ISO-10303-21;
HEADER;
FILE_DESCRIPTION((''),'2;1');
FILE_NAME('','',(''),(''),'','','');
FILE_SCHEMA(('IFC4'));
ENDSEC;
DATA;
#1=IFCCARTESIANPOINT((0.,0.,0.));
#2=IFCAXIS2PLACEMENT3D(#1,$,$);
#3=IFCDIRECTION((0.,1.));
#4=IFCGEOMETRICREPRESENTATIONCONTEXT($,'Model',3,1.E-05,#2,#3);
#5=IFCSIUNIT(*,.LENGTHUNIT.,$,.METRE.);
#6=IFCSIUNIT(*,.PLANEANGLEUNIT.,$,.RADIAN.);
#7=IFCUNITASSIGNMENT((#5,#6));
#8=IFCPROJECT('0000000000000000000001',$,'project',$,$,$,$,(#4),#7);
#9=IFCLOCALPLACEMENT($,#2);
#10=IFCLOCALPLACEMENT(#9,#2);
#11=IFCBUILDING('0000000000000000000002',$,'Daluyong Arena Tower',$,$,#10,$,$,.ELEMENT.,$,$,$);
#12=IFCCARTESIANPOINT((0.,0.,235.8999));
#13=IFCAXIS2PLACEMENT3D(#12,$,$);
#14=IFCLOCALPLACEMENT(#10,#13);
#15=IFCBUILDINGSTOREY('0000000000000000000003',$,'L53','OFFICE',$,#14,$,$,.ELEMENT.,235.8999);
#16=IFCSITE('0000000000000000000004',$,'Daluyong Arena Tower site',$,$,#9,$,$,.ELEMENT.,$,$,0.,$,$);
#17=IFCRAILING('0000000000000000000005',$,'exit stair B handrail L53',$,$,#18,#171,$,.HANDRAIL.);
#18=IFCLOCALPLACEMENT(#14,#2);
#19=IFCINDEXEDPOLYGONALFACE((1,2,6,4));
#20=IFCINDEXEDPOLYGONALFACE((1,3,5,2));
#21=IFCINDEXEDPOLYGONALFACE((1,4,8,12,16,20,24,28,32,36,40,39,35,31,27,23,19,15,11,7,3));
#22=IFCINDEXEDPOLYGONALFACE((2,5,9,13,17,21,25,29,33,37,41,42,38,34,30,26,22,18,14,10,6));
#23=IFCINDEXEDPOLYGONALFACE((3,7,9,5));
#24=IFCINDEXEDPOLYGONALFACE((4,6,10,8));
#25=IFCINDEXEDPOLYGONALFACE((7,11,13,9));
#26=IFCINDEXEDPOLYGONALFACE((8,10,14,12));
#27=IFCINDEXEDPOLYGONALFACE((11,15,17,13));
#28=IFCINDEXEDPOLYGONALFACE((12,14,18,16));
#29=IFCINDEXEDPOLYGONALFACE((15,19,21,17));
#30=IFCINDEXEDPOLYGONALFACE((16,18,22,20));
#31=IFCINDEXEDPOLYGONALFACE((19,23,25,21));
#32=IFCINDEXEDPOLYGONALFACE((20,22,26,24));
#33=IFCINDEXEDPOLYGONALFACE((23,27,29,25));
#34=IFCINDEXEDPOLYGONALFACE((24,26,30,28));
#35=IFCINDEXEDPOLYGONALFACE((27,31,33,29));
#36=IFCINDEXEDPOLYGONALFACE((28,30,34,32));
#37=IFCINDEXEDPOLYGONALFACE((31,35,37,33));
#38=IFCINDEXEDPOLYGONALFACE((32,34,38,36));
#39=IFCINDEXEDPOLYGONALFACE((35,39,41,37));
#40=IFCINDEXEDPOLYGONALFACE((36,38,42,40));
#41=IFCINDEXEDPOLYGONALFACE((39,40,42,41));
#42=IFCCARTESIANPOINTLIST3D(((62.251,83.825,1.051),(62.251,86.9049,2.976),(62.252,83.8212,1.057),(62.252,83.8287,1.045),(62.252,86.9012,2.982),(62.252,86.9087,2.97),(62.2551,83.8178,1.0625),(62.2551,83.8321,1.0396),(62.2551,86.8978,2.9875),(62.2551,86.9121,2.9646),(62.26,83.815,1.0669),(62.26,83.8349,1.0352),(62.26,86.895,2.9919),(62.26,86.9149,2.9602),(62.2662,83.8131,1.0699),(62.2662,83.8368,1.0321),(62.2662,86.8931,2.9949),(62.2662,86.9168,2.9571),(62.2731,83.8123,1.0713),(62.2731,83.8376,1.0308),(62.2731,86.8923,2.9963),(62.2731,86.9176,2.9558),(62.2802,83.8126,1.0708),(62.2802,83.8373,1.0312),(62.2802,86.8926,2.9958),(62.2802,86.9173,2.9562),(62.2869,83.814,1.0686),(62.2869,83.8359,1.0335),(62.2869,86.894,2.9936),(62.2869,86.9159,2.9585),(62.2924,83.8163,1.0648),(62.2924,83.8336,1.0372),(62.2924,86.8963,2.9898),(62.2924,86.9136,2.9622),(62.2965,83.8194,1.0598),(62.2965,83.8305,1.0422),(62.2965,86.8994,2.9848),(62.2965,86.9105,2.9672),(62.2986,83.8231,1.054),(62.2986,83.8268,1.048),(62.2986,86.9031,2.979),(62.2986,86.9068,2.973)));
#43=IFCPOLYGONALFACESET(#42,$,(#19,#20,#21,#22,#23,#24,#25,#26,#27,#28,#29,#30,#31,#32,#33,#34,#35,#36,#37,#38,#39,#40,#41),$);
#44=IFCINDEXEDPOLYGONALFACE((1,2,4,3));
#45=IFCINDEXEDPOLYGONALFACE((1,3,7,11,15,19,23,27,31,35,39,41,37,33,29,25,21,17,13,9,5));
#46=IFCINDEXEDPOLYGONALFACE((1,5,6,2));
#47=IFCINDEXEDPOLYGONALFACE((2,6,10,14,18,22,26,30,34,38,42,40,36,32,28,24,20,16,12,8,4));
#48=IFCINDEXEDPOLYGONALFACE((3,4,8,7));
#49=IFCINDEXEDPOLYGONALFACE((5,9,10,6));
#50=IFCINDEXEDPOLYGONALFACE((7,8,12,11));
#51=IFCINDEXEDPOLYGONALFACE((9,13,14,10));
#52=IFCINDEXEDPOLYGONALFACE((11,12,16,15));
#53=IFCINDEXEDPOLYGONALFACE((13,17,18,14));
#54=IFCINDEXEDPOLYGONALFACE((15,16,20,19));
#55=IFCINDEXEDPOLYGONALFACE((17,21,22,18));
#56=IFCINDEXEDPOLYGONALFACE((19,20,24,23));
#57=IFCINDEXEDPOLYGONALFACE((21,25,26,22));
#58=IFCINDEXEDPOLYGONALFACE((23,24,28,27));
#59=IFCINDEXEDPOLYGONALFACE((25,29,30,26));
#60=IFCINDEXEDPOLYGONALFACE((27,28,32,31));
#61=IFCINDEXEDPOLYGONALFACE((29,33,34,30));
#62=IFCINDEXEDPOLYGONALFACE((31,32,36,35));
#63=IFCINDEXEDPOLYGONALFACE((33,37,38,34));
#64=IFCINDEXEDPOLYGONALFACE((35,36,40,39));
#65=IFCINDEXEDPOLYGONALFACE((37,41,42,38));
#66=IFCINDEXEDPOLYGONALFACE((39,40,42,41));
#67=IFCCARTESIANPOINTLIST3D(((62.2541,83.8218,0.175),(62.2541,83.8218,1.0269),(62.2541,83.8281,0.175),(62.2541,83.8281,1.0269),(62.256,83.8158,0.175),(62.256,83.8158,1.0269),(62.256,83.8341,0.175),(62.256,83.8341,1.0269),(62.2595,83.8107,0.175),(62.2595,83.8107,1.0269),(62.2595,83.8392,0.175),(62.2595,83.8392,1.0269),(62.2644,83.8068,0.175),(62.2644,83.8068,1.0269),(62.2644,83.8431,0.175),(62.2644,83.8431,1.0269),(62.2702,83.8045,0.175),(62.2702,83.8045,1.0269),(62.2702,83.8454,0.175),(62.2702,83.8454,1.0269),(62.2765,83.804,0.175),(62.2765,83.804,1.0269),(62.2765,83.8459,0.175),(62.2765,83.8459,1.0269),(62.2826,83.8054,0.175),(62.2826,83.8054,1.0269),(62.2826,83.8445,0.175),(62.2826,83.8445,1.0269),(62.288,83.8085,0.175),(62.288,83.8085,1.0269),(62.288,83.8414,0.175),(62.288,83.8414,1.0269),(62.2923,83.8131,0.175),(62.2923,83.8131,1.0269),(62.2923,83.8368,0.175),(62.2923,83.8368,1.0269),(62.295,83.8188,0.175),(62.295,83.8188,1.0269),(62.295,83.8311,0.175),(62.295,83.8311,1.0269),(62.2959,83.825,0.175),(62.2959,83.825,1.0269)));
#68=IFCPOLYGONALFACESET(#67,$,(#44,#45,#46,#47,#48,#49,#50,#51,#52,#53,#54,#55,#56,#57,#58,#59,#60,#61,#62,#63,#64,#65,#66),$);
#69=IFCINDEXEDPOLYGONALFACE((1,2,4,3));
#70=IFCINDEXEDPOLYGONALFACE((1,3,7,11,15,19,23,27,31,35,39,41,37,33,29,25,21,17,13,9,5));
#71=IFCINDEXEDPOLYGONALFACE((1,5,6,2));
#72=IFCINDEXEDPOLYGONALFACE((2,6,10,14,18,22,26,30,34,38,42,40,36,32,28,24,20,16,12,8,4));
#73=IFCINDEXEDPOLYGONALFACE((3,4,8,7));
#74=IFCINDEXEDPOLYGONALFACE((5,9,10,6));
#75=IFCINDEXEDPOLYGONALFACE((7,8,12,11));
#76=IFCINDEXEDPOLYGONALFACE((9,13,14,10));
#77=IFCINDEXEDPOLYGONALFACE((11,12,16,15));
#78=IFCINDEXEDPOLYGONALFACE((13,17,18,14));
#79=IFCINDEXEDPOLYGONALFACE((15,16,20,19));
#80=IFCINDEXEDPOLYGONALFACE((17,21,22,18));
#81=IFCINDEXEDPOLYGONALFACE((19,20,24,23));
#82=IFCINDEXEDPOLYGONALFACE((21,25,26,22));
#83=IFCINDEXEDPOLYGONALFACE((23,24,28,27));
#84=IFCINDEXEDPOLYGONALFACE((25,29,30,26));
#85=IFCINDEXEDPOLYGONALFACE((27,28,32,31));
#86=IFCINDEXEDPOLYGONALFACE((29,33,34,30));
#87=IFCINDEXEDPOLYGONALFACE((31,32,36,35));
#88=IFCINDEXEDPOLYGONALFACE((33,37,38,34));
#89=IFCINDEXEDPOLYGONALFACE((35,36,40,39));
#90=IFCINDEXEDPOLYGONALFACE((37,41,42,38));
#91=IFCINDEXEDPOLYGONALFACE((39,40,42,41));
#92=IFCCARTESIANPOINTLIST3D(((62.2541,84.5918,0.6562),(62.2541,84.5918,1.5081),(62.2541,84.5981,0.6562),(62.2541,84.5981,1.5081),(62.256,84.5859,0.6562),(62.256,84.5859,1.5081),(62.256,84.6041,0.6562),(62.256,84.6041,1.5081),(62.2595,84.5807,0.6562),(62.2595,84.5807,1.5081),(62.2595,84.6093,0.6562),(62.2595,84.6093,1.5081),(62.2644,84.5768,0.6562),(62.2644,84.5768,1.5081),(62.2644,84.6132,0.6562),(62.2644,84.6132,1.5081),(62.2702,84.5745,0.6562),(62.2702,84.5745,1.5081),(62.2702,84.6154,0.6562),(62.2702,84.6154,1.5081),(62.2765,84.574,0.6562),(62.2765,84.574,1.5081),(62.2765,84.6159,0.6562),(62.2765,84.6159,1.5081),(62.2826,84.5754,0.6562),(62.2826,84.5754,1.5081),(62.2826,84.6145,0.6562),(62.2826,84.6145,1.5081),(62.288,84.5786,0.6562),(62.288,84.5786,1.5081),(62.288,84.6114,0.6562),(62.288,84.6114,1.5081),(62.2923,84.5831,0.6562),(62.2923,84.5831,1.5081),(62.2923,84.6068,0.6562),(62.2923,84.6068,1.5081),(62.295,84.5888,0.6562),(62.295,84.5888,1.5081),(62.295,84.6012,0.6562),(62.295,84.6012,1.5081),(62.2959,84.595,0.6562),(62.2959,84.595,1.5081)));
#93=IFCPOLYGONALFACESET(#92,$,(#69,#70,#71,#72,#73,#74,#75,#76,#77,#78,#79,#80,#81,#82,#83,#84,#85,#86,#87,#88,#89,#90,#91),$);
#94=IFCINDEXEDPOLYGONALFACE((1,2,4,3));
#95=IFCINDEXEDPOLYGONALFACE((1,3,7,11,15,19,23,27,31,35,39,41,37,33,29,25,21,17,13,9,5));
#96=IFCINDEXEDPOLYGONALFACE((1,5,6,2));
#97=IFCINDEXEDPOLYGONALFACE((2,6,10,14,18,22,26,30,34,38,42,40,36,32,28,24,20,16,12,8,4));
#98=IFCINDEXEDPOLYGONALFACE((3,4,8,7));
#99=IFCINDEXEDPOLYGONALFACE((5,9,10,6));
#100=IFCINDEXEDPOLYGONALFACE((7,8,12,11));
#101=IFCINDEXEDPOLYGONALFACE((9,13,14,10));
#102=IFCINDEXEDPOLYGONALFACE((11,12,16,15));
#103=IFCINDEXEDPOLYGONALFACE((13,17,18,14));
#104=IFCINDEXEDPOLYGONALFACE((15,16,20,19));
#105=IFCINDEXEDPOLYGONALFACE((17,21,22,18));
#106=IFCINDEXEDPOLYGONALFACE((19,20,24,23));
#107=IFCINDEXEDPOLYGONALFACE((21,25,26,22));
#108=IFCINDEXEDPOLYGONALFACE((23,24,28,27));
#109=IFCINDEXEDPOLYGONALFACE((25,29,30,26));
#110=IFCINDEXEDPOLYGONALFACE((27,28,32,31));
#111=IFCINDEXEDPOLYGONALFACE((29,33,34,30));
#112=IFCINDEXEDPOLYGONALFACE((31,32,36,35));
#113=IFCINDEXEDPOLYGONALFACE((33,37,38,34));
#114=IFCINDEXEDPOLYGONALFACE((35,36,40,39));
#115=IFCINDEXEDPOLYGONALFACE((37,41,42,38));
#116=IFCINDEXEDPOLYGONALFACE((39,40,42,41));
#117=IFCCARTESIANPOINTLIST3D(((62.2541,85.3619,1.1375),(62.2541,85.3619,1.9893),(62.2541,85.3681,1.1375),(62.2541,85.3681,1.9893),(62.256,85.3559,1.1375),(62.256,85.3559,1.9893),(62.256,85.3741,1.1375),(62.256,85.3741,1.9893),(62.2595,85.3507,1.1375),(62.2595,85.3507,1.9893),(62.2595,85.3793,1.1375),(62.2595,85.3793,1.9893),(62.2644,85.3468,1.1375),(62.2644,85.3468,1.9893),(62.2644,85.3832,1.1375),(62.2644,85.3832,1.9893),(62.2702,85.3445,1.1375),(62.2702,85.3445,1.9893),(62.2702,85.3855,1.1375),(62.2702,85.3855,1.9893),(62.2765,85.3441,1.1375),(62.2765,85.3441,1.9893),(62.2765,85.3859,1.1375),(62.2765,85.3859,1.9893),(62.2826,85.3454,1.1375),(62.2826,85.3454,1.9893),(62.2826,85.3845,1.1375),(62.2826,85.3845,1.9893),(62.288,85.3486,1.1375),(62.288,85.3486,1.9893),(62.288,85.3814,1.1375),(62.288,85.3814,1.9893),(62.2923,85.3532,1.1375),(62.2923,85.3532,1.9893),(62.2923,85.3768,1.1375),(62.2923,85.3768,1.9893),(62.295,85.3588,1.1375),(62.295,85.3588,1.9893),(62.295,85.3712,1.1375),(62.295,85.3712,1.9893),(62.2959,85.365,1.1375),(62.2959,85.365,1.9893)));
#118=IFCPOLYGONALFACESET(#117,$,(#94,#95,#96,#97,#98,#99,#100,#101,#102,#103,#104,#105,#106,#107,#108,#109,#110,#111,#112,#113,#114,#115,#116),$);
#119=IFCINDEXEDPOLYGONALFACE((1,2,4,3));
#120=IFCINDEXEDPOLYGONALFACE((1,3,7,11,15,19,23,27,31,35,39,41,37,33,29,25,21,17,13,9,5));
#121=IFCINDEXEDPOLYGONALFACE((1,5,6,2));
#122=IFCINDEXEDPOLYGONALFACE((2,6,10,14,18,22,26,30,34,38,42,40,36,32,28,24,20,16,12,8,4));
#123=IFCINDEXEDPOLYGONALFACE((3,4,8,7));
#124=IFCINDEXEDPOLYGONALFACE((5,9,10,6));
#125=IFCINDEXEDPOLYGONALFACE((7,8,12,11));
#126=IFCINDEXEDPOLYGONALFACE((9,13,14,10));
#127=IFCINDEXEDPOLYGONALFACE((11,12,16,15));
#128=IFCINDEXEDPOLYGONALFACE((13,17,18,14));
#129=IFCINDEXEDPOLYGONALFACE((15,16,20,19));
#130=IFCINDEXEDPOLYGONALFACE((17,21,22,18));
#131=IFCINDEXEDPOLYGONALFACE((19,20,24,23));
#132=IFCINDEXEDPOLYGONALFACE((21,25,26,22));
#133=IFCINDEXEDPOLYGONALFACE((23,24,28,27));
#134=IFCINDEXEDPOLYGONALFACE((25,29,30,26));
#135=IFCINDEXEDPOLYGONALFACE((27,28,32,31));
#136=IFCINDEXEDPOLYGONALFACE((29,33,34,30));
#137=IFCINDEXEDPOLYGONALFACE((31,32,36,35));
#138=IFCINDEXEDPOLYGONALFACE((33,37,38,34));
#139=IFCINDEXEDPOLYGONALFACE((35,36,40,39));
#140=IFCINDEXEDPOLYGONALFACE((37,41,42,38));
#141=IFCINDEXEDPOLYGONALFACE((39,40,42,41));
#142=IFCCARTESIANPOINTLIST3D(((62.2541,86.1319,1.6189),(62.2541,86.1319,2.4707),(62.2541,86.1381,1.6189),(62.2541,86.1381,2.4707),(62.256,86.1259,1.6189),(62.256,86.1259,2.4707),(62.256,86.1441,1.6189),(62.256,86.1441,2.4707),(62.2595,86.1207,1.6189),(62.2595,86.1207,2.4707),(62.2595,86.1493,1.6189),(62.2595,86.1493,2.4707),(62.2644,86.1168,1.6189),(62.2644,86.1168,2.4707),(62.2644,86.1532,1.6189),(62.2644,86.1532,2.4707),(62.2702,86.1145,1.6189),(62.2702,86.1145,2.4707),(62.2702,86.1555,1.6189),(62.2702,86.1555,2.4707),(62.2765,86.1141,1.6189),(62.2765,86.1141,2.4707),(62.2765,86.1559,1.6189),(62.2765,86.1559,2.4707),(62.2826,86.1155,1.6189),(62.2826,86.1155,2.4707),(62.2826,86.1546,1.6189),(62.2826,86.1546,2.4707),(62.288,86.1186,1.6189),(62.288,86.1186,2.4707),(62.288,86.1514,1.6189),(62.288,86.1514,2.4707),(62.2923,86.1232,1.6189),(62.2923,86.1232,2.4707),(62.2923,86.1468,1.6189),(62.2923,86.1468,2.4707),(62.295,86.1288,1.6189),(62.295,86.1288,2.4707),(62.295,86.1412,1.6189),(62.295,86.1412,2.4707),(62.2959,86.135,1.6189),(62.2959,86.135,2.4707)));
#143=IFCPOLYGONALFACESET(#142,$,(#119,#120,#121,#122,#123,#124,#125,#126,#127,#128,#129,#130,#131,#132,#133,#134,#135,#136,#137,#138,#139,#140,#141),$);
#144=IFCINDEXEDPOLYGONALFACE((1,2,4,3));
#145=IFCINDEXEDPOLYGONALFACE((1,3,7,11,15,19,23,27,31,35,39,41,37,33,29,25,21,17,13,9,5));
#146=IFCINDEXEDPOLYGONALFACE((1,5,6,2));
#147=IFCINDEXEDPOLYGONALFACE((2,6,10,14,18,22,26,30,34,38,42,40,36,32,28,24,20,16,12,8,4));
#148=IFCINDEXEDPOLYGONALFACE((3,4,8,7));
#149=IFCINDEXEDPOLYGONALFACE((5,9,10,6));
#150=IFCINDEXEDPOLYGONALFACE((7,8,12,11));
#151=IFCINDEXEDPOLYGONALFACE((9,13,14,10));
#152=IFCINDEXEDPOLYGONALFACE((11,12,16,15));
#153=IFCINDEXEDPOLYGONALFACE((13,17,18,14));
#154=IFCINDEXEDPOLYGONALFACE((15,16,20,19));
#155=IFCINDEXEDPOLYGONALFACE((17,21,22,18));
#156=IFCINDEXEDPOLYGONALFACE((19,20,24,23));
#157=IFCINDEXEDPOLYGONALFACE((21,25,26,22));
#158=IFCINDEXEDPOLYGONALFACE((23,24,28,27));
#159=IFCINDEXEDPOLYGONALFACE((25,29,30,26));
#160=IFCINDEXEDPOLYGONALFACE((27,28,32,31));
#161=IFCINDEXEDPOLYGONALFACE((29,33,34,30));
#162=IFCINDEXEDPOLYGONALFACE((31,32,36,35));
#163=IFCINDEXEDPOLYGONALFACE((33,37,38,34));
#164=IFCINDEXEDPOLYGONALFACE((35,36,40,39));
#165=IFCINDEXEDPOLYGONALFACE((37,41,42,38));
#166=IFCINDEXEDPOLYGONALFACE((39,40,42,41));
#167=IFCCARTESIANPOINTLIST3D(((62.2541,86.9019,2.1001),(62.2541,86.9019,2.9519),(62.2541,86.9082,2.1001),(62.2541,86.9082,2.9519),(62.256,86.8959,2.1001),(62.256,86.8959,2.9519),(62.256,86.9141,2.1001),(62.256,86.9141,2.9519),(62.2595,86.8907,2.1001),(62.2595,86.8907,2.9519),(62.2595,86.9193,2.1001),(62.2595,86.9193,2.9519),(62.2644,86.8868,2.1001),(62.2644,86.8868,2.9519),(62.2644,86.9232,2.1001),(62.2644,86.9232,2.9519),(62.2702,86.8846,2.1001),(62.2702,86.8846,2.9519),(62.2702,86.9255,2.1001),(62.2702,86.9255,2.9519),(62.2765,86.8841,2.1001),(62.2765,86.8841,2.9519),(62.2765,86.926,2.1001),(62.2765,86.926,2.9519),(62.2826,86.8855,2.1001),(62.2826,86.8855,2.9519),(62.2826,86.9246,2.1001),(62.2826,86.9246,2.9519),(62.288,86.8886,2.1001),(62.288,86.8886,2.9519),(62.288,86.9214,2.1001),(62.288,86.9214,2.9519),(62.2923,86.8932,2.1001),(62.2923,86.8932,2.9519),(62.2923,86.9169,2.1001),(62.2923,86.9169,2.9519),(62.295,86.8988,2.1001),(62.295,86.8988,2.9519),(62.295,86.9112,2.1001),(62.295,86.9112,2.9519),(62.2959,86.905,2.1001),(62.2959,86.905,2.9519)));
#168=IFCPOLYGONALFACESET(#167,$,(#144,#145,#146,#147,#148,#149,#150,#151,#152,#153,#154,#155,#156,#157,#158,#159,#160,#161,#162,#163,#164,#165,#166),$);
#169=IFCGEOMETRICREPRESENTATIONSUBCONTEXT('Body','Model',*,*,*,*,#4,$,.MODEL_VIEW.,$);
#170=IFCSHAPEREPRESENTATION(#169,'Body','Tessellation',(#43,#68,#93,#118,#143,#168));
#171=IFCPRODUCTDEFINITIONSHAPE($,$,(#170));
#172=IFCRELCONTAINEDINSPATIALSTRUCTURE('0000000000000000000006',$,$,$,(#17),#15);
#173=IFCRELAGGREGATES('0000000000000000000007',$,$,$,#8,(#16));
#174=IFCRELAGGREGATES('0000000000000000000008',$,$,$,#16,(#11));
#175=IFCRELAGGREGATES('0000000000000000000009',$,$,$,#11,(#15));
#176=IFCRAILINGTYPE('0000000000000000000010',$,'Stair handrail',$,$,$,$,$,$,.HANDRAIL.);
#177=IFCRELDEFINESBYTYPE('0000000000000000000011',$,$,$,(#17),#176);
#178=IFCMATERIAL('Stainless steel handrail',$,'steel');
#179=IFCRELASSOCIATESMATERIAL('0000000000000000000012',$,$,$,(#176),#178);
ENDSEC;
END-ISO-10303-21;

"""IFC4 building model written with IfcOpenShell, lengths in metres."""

from ifc_helpers import new_model, si_unit, direction, frame, origin, origin_2d, place, context, subcontext, project, spatial, circle, extrude, material, type_object, element, save


model = new_model("IFC4")

# Units and contexts
model_context = context("Model", 3, precision=1e-05, world=origin(), true_north=direction((0.0, 1.0)))
body_context = subcontext(model_context, "Body", "Model", "MODEL_VIEW")
ifc_project = project(units=[si_unit("LENGTHUNIT", "METRE"), si_unit("PLANEANGLEUNIT", "RADIAN")], contexts=[model_context])

# Site, building, storey
site_placement = place(None, origin())
site = spatial("IfcSite", under=ifc_project, at=site_placement, Name="Daluyong Arena Tower site", CompositionType="ELEMENT", RefElevation=0.0)
building_placement = place(site_placement, origin())
building = spatial("IfcBuilding", under=site, at=building_placement, Name="Daluyong Arena Tower", CompositionType="ELEMENT")
storey_placement = place(building_placement, frame((0.0, 0.0, 235.8999)))
storey = spatial("IfcBuildingStorey", under=building, at=storey_placement, Name="L53", Description="OFFICE", CompositionType="ELEMENT", Elevation=235.8999)

# Railing
ifc_material_1 = material(Name="Stainless steel handrail", Category="steel")
railing_type_1 = type_object("IfcRailingType", Name="Stair handrail", PredefinedType="HANDRAIL", material=ifc_material_1)
railing_1_placement = place(storey_placement, frame((62.2749, 83.825, 0.175)))
element("IfcRailing", 1, at=railing_1_placement, inside=storey, type_object=railing_type_1, Name="exit stair B handrail L53", PredefinedType="HANDRAIL", context=body_context, shape_type="SweptSolid", body=[
    extrude(circle(Radius=0.0239, at=origin_2d()), frame((0.0, 0.0, 0.876), z_axis=(0.0, 0.847998, 0.529999), x_axis=(-1.0, 0.0, 0.0)), (0.0, 0.0, 1.0), 3.6321),
    extrude(circle(Radius=0.021, at=origin_2d()), origin(), (0.0, 0.0, 1.0), 0.8518),
    extrude(circle(Radius=0.021, at=origin_2d()), frame((0.0, 0.77, 0.4812)), (0.0, 0.0, 1.0), 0.8518),
    extrude(circle(Radius=0.021, at=origin_2d()), frame((0.0, 1.54, 0.9624)), (0.0, 0.0, 1.0), 0.8518),
    extrude(circle(Radius=0.021, at=origin_2d()), frame((0.0, 2.3101, 1.4438)), (0.0, 0.0, 1.0), 0.8518),
    extrude(circle(Radius=0.021, at=origin_2d()), frame((0.0, 3.0801, 1.925)), (0.0, 0.0, 1.0), 0.8518),
])

save(model, "model.ifc")
